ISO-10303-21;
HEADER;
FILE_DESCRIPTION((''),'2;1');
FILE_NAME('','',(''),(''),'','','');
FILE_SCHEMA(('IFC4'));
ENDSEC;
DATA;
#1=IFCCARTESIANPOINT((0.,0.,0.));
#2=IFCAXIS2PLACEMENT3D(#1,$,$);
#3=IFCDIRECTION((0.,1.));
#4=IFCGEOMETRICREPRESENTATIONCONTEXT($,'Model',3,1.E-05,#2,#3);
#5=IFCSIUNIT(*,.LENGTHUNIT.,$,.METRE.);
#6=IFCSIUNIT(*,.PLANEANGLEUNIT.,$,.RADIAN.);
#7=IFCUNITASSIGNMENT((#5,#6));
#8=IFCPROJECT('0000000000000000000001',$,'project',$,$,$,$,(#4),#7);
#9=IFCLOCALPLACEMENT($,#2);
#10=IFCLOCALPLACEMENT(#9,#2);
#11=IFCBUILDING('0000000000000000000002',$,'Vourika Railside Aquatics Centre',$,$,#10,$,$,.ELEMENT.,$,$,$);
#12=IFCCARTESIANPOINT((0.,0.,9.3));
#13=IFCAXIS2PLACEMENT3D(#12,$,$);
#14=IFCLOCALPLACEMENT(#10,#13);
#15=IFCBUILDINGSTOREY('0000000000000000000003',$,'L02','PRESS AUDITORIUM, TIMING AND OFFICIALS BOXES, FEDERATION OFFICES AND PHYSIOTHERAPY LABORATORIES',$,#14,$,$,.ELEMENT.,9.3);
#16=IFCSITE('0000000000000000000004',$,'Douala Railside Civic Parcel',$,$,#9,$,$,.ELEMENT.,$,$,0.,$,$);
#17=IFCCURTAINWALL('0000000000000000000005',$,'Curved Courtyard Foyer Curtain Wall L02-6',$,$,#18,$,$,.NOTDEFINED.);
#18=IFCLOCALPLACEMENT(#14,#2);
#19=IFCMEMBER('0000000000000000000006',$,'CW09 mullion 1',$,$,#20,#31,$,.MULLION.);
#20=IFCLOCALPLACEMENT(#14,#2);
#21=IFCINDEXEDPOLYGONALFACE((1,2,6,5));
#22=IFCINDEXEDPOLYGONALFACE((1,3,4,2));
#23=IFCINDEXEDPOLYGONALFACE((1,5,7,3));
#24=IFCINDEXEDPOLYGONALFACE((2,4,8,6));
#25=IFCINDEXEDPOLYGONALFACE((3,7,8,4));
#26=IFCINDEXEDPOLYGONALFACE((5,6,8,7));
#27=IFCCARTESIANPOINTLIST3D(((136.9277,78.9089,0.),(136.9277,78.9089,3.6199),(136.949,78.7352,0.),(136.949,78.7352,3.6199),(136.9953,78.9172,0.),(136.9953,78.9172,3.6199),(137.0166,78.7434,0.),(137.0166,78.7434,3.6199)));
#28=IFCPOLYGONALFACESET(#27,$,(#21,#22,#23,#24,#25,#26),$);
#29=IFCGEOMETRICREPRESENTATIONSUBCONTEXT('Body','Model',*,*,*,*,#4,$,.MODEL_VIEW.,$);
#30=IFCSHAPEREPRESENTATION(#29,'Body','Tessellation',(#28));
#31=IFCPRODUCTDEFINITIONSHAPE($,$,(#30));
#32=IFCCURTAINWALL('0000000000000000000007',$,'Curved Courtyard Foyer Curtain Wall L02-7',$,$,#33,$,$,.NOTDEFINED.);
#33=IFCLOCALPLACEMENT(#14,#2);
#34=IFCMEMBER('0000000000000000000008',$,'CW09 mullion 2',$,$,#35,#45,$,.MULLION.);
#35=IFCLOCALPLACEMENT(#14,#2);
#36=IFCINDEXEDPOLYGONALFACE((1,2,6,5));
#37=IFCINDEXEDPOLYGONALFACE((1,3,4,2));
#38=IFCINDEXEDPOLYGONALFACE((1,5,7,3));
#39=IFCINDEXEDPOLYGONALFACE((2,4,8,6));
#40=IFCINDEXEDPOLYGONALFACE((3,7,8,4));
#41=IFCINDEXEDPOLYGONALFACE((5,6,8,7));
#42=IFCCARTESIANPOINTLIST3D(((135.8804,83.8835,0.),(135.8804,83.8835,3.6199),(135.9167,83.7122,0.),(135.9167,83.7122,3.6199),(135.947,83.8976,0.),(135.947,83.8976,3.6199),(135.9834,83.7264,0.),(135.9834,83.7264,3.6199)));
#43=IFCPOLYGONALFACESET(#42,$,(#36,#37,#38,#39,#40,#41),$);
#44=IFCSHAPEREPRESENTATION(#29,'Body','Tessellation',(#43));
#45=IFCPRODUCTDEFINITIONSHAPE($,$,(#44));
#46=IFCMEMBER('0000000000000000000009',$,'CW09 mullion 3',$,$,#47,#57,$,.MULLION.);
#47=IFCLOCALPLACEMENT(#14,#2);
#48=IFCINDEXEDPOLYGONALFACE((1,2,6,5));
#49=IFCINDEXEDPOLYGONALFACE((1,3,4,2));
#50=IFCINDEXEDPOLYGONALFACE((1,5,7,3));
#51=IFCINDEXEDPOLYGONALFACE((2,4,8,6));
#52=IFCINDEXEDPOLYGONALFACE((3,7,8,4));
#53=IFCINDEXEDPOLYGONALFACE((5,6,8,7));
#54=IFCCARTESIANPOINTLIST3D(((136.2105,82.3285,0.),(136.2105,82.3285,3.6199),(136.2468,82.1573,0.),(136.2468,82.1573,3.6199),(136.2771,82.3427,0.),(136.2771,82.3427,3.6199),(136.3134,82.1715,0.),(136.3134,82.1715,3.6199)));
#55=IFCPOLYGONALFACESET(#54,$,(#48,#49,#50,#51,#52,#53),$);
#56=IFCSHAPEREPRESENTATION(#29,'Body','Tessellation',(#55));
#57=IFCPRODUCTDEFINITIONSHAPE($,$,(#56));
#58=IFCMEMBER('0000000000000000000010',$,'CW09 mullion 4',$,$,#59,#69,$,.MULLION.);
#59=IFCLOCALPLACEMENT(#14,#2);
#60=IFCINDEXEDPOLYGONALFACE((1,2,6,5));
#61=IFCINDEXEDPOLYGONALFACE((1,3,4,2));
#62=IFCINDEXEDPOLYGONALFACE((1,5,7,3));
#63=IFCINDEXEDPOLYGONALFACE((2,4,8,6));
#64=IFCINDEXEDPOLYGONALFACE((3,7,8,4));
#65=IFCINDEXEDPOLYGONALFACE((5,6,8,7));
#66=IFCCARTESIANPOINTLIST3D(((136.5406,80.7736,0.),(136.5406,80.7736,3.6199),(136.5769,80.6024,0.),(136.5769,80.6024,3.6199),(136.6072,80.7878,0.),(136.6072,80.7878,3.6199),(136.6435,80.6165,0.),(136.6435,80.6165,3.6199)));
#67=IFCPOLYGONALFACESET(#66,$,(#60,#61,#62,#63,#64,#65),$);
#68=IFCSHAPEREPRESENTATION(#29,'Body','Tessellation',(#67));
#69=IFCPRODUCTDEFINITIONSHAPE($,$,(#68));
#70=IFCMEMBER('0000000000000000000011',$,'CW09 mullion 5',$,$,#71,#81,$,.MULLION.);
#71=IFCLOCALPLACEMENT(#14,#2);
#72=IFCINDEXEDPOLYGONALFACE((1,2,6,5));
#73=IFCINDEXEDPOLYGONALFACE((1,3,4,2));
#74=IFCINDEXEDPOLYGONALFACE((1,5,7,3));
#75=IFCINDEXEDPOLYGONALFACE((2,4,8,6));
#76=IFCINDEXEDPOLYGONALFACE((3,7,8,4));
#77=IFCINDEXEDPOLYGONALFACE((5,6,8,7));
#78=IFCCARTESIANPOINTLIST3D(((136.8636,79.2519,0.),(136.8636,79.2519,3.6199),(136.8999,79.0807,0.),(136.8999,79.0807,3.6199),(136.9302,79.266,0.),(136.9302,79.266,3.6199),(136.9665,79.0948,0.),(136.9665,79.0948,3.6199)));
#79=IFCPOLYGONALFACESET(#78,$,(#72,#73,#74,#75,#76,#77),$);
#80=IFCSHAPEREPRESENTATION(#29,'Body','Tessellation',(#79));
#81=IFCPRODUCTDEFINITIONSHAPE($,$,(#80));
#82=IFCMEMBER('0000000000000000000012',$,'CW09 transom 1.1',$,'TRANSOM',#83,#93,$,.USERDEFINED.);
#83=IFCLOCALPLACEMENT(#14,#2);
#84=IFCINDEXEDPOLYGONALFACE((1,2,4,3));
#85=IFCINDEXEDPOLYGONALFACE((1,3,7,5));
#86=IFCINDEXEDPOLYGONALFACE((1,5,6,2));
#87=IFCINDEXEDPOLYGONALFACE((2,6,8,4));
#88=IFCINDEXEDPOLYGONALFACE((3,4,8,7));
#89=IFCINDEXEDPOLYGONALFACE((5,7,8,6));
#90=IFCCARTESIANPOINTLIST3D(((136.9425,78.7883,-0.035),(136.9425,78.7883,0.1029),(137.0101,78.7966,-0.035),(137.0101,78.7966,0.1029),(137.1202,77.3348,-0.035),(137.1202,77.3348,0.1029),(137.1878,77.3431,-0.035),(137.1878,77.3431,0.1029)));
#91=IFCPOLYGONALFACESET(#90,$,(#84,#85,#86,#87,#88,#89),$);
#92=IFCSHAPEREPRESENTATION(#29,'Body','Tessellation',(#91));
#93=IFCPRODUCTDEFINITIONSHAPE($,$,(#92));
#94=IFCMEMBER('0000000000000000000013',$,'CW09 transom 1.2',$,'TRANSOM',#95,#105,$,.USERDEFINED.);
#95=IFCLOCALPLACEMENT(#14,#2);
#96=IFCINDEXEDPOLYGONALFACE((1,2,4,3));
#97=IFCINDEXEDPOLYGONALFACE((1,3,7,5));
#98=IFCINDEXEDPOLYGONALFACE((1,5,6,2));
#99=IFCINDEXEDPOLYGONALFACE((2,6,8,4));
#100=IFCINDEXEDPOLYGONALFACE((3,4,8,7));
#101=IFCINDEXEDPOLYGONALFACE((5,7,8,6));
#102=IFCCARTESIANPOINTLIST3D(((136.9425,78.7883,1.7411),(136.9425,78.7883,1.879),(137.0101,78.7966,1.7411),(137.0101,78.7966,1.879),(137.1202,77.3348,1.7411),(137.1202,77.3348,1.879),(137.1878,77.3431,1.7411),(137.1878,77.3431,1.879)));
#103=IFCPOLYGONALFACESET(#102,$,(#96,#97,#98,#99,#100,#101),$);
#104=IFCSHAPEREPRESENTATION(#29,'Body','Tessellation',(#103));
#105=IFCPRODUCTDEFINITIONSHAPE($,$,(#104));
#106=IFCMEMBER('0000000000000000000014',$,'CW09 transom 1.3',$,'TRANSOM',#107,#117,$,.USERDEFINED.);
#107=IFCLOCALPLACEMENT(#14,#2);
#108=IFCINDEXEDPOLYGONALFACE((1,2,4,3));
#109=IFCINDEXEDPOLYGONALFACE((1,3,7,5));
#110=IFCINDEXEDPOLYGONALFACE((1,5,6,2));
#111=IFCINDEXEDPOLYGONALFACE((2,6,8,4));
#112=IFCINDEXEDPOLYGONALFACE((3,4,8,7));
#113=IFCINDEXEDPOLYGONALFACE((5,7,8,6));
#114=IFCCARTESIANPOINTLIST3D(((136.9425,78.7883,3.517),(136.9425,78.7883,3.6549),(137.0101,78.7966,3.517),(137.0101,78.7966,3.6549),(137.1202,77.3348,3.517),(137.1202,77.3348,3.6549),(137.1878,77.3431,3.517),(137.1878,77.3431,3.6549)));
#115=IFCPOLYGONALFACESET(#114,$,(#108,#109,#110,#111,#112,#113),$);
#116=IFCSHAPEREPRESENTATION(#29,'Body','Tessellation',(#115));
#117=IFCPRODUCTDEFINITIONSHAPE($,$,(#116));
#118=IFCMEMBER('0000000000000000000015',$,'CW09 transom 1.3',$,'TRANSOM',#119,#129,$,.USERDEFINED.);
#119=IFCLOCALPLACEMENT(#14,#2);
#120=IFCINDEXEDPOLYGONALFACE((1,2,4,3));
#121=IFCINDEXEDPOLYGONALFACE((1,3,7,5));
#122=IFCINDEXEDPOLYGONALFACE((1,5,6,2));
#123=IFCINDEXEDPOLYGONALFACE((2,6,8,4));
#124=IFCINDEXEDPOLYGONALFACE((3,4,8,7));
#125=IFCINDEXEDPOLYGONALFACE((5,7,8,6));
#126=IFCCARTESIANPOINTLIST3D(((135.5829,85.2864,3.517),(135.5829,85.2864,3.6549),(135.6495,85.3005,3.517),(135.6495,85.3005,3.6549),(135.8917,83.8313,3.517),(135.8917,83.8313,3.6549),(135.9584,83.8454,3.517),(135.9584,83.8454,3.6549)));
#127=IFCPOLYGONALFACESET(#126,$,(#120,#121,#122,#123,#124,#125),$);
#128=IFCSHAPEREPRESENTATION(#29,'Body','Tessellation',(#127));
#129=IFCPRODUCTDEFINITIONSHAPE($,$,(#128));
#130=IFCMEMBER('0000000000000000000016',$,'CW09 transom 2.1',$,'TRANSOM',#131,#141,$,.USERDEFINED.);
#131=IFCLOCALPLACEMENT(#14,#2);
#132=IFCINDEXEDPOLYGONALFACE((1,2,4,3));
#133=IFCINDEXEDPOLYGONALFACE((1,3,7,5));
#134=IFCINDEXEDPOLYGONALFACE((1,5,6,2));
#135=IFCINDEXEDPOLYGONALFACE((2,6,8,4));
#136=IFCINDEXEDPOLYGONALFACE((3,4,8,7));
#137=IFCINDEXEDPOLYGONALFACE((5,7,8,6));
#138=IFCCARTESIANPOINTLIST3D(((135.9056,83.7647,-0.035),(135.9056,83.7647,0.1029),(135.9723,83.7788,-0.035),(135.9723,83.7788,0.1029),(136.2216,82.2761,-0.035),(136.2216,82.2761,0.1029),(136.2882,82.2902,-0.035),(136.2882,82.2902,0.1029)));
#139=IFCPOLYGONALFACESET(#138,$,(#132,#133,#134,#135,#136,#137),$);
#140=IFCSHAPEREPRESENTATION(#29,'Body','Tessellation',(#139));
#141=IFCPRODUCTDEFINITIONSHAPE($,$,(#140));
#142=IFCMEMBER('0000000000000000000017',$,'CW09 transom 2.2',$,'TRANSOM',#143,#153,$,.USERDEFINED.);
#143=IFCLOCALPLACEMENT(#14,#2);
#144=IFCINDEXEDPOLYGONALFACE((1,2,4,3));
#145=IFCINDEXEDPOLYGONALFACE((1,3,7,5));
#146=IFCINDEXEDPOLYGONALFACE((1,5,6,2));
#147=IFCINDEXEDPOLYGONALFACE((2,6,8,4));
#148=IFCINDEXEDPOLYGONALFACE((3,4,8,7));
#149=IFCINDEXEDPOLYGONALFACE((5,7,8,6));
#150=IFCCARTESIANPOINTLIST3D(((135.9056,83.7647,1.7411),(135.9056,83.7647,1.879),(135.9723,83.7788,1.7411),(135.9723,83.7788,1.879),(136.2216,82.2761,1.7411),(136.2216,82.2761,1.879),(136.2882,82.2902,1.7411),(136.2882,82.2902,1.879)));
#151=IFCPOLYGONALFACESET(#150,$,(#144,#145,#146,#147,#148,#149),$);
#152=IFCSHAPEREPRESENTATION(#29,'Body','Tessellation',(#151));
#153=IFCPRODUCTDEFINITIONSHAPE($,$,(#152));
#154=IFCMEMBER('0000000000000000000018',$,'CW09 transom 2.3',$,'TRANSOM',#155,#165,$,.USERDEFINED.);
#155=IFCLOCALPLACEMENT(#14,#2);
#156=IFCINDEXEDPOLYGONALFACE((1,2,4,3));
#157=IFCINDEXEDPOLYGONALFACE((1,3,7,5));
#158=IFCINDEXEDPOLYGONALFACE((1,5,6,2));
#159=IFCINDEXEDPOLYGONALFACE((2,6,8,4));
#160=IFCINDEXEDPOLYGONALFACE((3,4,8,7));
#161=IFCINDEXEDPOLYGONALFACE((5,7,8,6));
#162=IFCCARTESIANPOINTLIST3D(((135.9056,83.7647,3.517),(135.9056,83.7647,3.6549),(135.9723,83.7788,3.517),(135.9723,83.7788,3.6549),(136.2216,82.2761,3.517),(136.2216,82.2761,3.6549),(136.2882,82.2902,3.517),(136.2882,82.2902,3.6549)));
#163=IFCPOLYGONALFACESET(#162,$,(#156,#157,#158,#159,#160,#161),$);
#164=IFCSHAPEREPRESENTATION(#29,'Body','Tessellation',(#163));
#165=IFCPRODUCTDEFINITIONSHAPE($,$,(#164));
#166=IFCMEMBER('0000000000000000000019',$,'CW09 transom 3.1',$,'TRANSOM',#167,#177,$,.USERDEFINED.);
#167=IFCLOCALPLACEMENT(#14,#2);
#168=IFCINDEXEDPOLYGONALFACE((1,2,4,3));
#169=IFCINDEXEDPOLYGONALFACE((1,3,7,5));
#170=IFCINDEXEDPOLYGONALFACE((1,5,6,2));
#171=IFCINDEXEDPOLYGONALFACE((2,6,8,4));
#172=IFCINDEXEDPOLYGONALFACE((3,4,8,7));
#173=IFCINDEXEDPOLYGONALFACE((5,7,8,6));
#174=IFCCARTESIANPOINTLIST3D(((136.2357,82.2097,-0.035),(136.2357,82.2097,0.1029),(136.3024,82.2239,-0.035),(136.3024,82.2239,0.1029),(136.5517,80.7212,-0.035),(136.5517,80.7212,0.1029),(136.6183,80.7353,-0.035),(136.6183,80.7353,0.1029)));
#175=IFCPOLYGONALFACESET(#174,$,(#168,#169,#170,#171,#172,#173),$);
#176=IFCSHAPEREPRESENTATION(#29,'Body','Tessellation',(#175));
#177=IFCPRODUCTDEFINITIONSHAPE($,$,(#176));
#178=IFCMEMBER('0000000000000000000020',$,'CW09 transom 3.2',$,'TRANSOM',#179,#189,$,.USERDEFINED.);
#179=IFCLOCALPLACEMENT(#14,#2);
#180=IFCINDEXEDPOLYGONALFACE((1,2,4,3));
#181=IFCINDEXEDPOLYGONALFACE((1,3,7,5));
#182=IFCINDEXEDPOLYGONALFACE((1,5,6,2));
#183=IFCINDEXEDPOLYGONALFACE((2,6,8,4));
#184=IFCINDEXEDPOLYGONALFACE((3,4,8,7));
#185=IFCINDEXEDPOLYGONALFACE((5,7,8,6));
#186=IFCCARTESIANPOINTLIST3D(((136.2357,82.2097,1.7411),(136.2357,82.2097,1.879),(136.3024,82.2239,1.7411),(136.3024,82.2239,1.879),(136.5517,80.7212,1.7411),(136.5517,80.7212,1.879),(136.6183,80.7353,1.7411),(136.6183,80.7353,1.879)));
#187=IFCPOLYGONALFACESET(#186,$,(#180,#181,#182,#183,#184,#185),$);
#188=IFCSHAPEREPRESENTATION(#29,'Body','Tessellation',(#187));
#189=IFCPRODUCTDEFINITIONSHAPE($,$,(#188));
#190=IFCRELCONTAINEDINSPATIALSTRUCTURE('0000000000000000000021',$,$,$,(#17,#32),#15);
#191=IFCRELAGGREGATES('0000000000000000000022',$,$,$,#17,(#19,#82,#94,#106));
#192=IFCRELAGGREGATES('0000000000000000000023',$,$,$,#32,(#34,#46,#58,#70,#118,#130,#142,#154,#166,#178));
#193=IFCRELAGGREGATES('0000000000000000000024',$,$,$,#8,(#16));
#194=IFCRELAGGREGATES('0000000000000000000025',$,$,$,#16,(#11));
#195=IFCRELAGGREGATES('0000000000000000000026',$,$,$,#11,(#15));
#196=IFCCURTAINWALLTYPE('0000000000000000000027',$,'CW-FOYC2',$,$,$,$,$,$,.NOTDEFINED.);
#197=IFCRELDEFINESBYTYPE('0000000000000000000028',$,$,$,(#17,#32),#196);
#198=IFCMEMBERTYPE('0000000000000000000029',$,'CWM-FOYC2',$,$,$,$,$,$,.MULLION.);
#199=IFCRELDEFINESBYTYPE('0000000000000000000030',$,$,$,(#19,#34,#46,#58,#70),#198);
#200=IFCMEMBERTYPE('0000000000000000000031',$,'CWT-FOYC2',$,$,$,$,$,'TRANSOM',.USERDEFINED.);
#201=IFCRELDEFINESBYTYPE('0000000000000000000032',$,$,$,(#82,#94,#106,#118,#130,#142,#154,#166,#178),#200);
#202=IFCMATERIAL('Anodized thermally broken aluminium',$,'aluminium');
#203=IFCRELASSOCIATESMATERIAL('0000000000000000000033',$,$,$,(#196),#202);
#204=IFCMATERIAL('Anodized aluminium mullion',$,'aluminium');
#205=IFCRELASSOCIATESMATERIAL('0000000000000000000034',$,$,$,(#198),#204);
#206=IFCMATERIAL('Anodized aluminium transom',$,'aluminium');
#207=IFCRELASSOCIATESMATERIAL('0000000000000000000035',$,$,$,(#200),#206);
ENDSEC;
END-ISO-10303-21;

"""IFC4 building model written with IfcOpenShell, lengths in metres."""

from ifc_helpers import new_model, si_unit, direction, frame, origin, origin_2d, place, context, subcontext, project, spatial, rectangle, extrude, material, material_profile, profile_set, type_object, element, aggregate, save


model = new_model("IFC4")

# Units and contexts
model_context = context("Model", 3, precision=1e-05, world=origin(), true_north=direction((0.0, 1.0)))
body_context = subcontext(model_context, "Body", "Model", "MODEL_VIEW")
ifc_project = project(units=[si_unit("LENGTHUNIT", "METRE"), si_unit("PLANEANGLEUNIT", "RADIAN")], contexts=[model_context])

# Site, building, storey
site_placement = place(None, origin())
site = spatial("IfcSite", under=ifc_project, at=site_placement, Name="Douala Railside Civic Parcel", CompositionType="ELEMENT", RefElevation=0.0)
building_placement = place(site_placement, origin())
building = spatial("IfcBuilding", under=site, at=building_placement, Name="Vourika Railside Aquatics Centre", CompositionType="ELEMENT")
storey_placement = place(building_placement, frame((0.0, 0.0, 9.3)))
storey = spatial("IfcBuildingStorey", under=building, at=storey_placement, Name="L02", Description="PRESS AUDITORIUM, TIMING AND OFFICIALS BOXES, FEDERATION OFFICES AND PHYSIOTHERAPY LABORATORIES", CompositionType="ELEMENT", Elevation=9.3)

# Curtain wall, member
ifc_material_1 = material(Name="Anodized thermally broken aluminium", Category="aluminium")
curtain_wall_type = type_object("IfcCurtainWallType", Name="CW-FOYC2", PredefinedType="NOTDEFINED", material=ifc_material_1)
curtain_wall_1_placement = place(storey_placement, origin())
curtain_wall_1 = element("IfcCurtainWall", 1, at=curtain_wall_1_placement, inside=storey, type_object=curtain_wall_type, Name="Curved Courtyard Foyer Curtain Wall L02-6", PredefinedType="NOTDEFINED")
ifc_material_2 = material(Name="Anodized aluminium mullion", Category="aluminium")
ifc_material_profile_1 = material_profile(ifc_material_2, rectangle(XDim=0.0681, YDim=0.175, at=origin_2d()), Name="ALU-M 68x175")
ifc_profile_set_1 = profile_set([ifc_material_profile_1], Name="Anodized aluminium mullion")
member_type_1 = type_object("IfcMemberType", Name="CWM-FOYC2", PredefinedType="MULLION", material=ifc_profile_set_1)
member_1_placement = place(storey_placement, frame((136.9722, 78.8262, 0.0), z_axis=(0.0, 0.0, 1.0), x_axis=(0.992599, 0.121442, 0.0)))
member_1 = element("IfcMember", 2, at=member_1_placement, type_object=member_type_1, Name="CW09 mullion 1", PredefinedType="MULLION", context=body_context, shape_type="SweptSolid", body=[
    extrude(rectangle(XDim=0.0681, YDim=0.175, at=origin_2d()), origin(), (0.0, 0.0, 1.0), 3.6199),
])

# Curtain wall, members
curtain_wall_2_placement = place(storey_placement, origin())
curtain_wall_2 = element("IfcCurtainWall", 3, at=curtain_wall_2_placement, inside=storey, type_object=curtain_wall_type, Name="Curved Courtyard Foyer Curtain Wall L02-7", PredefinedType="NOTDEFINED")
member_2_placement = place(storey_placement, frame((135.9319, 83.8049, 0.0), z_axis=(0.0, 0.0, 1.0), x_axis=(0.978215, 0.207595, 0.0)))
member_2 = element("IfcMember", 4, at=member_2_placement, type_object=member_type_1, Name="CW09 mullion 2", PredefinedType="MULLION", context=body_context, shape_type="SweptSolid", body=[
    extrude(rectangle(XDim=0.0681, YDim=0.175, at=origin_2d()), origin(), (0.0, 0.0, 1.0), 3.6199),
])
member_3_placement = place(storey_placement, frame((136.262, 82.25, 0.0), z_axis=(0.0, 0.0, 1.0), x_axis=(0.978215, 0.207595, 0.0)))
member_3 = element("IfcMember", 5, at=member_3_placement, type_object=member_type_1, Name="CW09 mullion 3", PredefinedType="MULLION", context=body_context, shape_type="SweptSolid", body=[
    extrude(rectangle(XDim=0.0681, YDim=0.175, at=origin_2d()), origin(), (0.0, 0.0, 1.0), 3.6199),
])
member_4_placement = place(storey_placement, frame((136.592, 80.6951, 0.0), z_axis=(0.0, 0.0, 1.0), x_axis=(0.978215, 0.207595, 0.0)))
member_4 = element("IfcMember", 6, at=member_4_placement, type_object=member_type_1, Name="CW09 mullion 4", PredefinedType="MULLION", context=body_context, shape_type="SweptSolid", body=[
    extrude(rectangle(XDim=0.0681, YDim=0.175, at=origin_2d()), origin(), (0.0, 0.0, 1.0), 3.6199),
])
member_5_placement = place(storey_placement, frame((136.915, 79.1733, 0.0), z_axis=(0.0, 0.0, 1.0), x_axis=(0.978215, 0.207595, 0.0)))
member_5 = element("IfcMember", 7, at=member_5_placement, type_object=member_type_1, Name="CW09 mullion 5", PredefinedType="MULLION", context=body_context, shape_type="SweptSolid", body=[
    extrude(rectangle(XDim=0.0681, YDim=0.175, at=origin_2d()), origin(), (0.0, 0.0, 1.0), 3.6199),
])

# Members
ifc_material_3 = material(Name="Anodized aluminium transom", Category="aluminium")
ifc_material_profile_2 = material_profile(ifc_material_3, rectangle(XDim=0.0681, YDim=0.1379, at=origin_2d()), Name="ALU-T 68x138")
ifc_profile_set_2 = profile_set([ifc_material_profile_2], Name="Anodized aluminium transom")
member_type_2 = type_object("IfcMemberType", Name="CWT-FOYC2", ElementType="TRANSOM", PredefinedType="USERDEFINED", material=ifc_profile_set_2)
member_6_placement = place(storey_placement, frame((136.9763, 78.7925, 0.0339), z_axis=(0.121367, -0.992608, 0.0), x_axis=(0.992608, 0.121367, 0.0)))
member_6 = element("IfcMember", 8, at=member_6_placement, type_object=member_type_2, Name="CW09 transom 1.1", ObjectType="TRANSOM", PredefinedType="USERDEFINED", context=body_context, shape_type="SweptSolid", body=[
    extrude(rectangle(XDim=0.0681, YDim=0.1379, at=origin_2d()), origin(), (0.0, 0.0, 1.0), 1.4644),
])
member_7_placement = place(storey_placement, frame((136.9763, 78.7925, 1.8101), z_axis=(0.121367, -0.992608, 0.0), x_axis=(0.992608, 0.121367, 0.0)))
member_7 = element("IfcMember", 9, at=member_7_placement, type_object=member_type_2, Name="CW09 transom 1.2", ObjectType="TRANSOM", PredefinedType="USERDEFINED", context=body_context, shape_type="SweptSolid", body=[
    extrude(rectangle(XDim=0.0681, YDim=0.1379, at=origin_2d()), origin(), (0.0, 0.0, 1.0), 1.4644),
])
member_8_placement = place(storey_placement, frame((136.9763, 78.7925, 3.5859), z_axis=(0.121367, -0.992608, 0.0), x_axis=(0.992608, 0.121367, 0.0)))
member_8 = element("IfcMember", 10, at=member_8_placement, type_object=member_type_2, Name="CW09 transom 1.3", ObjectType="TRANSOM", PredefinedType="USERDEFINED", context=body_context, shape_type="SweptSolid", body=[
    extrude(rectangle(XDim=0.0681, YDim=0.1379, at=origin_2d()), origin(), (0.0, 0.0, 1.0), 1.4644),
])
member_9_placement = place(storey_placement, frame((135.6162, 85.2935, 3.5859), z_axis=(0.207623, -0.978209, 0.0), x_axis=(0.978209, 0.207623, 0.0)))
member_9 = element("IfcMember", 11, at=member_9_placement, type_object=member_type_2, Name="CW09 transom 1.3", ObjectType="TRANSOM", PredefinedType="USERDEFINED", context=body_context, shape_type="SweptSolid", body=[
    extrude(rectangle(XDim=0.0681, YDim=0.1379, at=origin_2d()), origin(), (0.0, 0.0, 1.0), 1.4875),
])
member_10_placement = place(storey_placement, frame((135.939, 83.7717, 0.0339), z_axis=(0.207611, -0.978211, 0.0), x_axis=(0.978211, 0.207611, 0.0)))
member_10 = element("IfcMember", 12, at=member_10_placement, type_object=member_type_2, Name="CW09 transom 2.1", ObjectType="TRANSOM", PredefinedType="USERDEFINED", context=body_context, shape_type="SweptSolid", body=[
    extrude(rectangle(XDim=0.0681, YDim=0.1379, at=origin_2d()), origin(), (0.0, 0.0, 1.0), 1.5217),
])
member_11_placement = place(storey_placement, frame((135.939, 83.7717, 1.8101), z_axis=(0.207611, -0.978211, 0.0), x_axis=(0.978211, 0.207611, 0.0)))
member_11 = element("IfcMember", 13, at=member_11_placement, type_object=member_type_2, Name="CW09 transom 2.2", ObjectType="TRANSOM", PredefinedType="USERDEFINED", context=body_context, shape_type="SweptSolid", body=[
    extrude(rectangle(XDim=0.0681, YDim=0.1379, at=origin_2d()), origin(), (0.0, 0.0, 1.0), 1.5217),
])
member_12_placement = place(storey_placement, frame((135.939, 83.7717, 3.5859), z_axis=(0.207611, -0.978211, 0.0), x_axis=(0.978211, 0.207611, 0.0)))
member_12 = element("IfcMember", 14, at=member_12_placement, type_object=member_type_2, Name="CW09 transom 2.3", ObjectType="TRANSOM", PredefinedType="USERDEFINED", context=body_context, shape_type="SweptSolid", body=[
    extrude(rectangle(XDim=0.0681, YDim=0.1379, at=origin_2d()), origin(), (0.0, 0.0, 1.0), 1.5217),
])
member_13_placement = place(storey_placement, frame((136.269, 82.2168, 0.0339), z_axis=(0.207611, -0.978211, 0.0), x_axis=(0.978211, 0.207611, 0.0)))
member_13 = element("IfcMember", 15, at=member_13_placement, type_object=member_type_2, Name="CW09 transom 3.1", ObjectType="TRANSOM", PredefinedType="USERDEFINED", context=body_context, shape_type="SweptSolid", body=[
    extrude(rectangle(XDim=0.0681, YDim=0.1379, at=origin_2d()), origin(), (0.0, 0.0, 1.0), 1.5217),
])
member_14_placement = place(storey_placement, frame((136.269, 82.2168, 1.8101), z_axis=(0.207611, -0.978211, 0.0), x_axis=(0.978211, 0.207611, 0.0)))
member_14 = element("IfcMember", 16, at=member_14_placement, type_object=member_type_2, Name="CW09 transom 3.2", ObjectType="TRANSOM", PredefinedType="USERDEFINED", context=body_context, shape_type="SweptSolid", body=[
    extrude(rectangle(XDim=0.0681, YDim=0.1379, at=origin_2d()), origin(), (0.0, 0.0, 1.0), 1.5217),
])

aggregate(curtain_wall_1, [member_1, member_6, member_7, member_8])
aggregate(curtain_wall_2, [member_2, member_3, member_4, member_5, member_9, member_10, member_11, member_12, member_13, member_14])

save(model, "model.ifc")
